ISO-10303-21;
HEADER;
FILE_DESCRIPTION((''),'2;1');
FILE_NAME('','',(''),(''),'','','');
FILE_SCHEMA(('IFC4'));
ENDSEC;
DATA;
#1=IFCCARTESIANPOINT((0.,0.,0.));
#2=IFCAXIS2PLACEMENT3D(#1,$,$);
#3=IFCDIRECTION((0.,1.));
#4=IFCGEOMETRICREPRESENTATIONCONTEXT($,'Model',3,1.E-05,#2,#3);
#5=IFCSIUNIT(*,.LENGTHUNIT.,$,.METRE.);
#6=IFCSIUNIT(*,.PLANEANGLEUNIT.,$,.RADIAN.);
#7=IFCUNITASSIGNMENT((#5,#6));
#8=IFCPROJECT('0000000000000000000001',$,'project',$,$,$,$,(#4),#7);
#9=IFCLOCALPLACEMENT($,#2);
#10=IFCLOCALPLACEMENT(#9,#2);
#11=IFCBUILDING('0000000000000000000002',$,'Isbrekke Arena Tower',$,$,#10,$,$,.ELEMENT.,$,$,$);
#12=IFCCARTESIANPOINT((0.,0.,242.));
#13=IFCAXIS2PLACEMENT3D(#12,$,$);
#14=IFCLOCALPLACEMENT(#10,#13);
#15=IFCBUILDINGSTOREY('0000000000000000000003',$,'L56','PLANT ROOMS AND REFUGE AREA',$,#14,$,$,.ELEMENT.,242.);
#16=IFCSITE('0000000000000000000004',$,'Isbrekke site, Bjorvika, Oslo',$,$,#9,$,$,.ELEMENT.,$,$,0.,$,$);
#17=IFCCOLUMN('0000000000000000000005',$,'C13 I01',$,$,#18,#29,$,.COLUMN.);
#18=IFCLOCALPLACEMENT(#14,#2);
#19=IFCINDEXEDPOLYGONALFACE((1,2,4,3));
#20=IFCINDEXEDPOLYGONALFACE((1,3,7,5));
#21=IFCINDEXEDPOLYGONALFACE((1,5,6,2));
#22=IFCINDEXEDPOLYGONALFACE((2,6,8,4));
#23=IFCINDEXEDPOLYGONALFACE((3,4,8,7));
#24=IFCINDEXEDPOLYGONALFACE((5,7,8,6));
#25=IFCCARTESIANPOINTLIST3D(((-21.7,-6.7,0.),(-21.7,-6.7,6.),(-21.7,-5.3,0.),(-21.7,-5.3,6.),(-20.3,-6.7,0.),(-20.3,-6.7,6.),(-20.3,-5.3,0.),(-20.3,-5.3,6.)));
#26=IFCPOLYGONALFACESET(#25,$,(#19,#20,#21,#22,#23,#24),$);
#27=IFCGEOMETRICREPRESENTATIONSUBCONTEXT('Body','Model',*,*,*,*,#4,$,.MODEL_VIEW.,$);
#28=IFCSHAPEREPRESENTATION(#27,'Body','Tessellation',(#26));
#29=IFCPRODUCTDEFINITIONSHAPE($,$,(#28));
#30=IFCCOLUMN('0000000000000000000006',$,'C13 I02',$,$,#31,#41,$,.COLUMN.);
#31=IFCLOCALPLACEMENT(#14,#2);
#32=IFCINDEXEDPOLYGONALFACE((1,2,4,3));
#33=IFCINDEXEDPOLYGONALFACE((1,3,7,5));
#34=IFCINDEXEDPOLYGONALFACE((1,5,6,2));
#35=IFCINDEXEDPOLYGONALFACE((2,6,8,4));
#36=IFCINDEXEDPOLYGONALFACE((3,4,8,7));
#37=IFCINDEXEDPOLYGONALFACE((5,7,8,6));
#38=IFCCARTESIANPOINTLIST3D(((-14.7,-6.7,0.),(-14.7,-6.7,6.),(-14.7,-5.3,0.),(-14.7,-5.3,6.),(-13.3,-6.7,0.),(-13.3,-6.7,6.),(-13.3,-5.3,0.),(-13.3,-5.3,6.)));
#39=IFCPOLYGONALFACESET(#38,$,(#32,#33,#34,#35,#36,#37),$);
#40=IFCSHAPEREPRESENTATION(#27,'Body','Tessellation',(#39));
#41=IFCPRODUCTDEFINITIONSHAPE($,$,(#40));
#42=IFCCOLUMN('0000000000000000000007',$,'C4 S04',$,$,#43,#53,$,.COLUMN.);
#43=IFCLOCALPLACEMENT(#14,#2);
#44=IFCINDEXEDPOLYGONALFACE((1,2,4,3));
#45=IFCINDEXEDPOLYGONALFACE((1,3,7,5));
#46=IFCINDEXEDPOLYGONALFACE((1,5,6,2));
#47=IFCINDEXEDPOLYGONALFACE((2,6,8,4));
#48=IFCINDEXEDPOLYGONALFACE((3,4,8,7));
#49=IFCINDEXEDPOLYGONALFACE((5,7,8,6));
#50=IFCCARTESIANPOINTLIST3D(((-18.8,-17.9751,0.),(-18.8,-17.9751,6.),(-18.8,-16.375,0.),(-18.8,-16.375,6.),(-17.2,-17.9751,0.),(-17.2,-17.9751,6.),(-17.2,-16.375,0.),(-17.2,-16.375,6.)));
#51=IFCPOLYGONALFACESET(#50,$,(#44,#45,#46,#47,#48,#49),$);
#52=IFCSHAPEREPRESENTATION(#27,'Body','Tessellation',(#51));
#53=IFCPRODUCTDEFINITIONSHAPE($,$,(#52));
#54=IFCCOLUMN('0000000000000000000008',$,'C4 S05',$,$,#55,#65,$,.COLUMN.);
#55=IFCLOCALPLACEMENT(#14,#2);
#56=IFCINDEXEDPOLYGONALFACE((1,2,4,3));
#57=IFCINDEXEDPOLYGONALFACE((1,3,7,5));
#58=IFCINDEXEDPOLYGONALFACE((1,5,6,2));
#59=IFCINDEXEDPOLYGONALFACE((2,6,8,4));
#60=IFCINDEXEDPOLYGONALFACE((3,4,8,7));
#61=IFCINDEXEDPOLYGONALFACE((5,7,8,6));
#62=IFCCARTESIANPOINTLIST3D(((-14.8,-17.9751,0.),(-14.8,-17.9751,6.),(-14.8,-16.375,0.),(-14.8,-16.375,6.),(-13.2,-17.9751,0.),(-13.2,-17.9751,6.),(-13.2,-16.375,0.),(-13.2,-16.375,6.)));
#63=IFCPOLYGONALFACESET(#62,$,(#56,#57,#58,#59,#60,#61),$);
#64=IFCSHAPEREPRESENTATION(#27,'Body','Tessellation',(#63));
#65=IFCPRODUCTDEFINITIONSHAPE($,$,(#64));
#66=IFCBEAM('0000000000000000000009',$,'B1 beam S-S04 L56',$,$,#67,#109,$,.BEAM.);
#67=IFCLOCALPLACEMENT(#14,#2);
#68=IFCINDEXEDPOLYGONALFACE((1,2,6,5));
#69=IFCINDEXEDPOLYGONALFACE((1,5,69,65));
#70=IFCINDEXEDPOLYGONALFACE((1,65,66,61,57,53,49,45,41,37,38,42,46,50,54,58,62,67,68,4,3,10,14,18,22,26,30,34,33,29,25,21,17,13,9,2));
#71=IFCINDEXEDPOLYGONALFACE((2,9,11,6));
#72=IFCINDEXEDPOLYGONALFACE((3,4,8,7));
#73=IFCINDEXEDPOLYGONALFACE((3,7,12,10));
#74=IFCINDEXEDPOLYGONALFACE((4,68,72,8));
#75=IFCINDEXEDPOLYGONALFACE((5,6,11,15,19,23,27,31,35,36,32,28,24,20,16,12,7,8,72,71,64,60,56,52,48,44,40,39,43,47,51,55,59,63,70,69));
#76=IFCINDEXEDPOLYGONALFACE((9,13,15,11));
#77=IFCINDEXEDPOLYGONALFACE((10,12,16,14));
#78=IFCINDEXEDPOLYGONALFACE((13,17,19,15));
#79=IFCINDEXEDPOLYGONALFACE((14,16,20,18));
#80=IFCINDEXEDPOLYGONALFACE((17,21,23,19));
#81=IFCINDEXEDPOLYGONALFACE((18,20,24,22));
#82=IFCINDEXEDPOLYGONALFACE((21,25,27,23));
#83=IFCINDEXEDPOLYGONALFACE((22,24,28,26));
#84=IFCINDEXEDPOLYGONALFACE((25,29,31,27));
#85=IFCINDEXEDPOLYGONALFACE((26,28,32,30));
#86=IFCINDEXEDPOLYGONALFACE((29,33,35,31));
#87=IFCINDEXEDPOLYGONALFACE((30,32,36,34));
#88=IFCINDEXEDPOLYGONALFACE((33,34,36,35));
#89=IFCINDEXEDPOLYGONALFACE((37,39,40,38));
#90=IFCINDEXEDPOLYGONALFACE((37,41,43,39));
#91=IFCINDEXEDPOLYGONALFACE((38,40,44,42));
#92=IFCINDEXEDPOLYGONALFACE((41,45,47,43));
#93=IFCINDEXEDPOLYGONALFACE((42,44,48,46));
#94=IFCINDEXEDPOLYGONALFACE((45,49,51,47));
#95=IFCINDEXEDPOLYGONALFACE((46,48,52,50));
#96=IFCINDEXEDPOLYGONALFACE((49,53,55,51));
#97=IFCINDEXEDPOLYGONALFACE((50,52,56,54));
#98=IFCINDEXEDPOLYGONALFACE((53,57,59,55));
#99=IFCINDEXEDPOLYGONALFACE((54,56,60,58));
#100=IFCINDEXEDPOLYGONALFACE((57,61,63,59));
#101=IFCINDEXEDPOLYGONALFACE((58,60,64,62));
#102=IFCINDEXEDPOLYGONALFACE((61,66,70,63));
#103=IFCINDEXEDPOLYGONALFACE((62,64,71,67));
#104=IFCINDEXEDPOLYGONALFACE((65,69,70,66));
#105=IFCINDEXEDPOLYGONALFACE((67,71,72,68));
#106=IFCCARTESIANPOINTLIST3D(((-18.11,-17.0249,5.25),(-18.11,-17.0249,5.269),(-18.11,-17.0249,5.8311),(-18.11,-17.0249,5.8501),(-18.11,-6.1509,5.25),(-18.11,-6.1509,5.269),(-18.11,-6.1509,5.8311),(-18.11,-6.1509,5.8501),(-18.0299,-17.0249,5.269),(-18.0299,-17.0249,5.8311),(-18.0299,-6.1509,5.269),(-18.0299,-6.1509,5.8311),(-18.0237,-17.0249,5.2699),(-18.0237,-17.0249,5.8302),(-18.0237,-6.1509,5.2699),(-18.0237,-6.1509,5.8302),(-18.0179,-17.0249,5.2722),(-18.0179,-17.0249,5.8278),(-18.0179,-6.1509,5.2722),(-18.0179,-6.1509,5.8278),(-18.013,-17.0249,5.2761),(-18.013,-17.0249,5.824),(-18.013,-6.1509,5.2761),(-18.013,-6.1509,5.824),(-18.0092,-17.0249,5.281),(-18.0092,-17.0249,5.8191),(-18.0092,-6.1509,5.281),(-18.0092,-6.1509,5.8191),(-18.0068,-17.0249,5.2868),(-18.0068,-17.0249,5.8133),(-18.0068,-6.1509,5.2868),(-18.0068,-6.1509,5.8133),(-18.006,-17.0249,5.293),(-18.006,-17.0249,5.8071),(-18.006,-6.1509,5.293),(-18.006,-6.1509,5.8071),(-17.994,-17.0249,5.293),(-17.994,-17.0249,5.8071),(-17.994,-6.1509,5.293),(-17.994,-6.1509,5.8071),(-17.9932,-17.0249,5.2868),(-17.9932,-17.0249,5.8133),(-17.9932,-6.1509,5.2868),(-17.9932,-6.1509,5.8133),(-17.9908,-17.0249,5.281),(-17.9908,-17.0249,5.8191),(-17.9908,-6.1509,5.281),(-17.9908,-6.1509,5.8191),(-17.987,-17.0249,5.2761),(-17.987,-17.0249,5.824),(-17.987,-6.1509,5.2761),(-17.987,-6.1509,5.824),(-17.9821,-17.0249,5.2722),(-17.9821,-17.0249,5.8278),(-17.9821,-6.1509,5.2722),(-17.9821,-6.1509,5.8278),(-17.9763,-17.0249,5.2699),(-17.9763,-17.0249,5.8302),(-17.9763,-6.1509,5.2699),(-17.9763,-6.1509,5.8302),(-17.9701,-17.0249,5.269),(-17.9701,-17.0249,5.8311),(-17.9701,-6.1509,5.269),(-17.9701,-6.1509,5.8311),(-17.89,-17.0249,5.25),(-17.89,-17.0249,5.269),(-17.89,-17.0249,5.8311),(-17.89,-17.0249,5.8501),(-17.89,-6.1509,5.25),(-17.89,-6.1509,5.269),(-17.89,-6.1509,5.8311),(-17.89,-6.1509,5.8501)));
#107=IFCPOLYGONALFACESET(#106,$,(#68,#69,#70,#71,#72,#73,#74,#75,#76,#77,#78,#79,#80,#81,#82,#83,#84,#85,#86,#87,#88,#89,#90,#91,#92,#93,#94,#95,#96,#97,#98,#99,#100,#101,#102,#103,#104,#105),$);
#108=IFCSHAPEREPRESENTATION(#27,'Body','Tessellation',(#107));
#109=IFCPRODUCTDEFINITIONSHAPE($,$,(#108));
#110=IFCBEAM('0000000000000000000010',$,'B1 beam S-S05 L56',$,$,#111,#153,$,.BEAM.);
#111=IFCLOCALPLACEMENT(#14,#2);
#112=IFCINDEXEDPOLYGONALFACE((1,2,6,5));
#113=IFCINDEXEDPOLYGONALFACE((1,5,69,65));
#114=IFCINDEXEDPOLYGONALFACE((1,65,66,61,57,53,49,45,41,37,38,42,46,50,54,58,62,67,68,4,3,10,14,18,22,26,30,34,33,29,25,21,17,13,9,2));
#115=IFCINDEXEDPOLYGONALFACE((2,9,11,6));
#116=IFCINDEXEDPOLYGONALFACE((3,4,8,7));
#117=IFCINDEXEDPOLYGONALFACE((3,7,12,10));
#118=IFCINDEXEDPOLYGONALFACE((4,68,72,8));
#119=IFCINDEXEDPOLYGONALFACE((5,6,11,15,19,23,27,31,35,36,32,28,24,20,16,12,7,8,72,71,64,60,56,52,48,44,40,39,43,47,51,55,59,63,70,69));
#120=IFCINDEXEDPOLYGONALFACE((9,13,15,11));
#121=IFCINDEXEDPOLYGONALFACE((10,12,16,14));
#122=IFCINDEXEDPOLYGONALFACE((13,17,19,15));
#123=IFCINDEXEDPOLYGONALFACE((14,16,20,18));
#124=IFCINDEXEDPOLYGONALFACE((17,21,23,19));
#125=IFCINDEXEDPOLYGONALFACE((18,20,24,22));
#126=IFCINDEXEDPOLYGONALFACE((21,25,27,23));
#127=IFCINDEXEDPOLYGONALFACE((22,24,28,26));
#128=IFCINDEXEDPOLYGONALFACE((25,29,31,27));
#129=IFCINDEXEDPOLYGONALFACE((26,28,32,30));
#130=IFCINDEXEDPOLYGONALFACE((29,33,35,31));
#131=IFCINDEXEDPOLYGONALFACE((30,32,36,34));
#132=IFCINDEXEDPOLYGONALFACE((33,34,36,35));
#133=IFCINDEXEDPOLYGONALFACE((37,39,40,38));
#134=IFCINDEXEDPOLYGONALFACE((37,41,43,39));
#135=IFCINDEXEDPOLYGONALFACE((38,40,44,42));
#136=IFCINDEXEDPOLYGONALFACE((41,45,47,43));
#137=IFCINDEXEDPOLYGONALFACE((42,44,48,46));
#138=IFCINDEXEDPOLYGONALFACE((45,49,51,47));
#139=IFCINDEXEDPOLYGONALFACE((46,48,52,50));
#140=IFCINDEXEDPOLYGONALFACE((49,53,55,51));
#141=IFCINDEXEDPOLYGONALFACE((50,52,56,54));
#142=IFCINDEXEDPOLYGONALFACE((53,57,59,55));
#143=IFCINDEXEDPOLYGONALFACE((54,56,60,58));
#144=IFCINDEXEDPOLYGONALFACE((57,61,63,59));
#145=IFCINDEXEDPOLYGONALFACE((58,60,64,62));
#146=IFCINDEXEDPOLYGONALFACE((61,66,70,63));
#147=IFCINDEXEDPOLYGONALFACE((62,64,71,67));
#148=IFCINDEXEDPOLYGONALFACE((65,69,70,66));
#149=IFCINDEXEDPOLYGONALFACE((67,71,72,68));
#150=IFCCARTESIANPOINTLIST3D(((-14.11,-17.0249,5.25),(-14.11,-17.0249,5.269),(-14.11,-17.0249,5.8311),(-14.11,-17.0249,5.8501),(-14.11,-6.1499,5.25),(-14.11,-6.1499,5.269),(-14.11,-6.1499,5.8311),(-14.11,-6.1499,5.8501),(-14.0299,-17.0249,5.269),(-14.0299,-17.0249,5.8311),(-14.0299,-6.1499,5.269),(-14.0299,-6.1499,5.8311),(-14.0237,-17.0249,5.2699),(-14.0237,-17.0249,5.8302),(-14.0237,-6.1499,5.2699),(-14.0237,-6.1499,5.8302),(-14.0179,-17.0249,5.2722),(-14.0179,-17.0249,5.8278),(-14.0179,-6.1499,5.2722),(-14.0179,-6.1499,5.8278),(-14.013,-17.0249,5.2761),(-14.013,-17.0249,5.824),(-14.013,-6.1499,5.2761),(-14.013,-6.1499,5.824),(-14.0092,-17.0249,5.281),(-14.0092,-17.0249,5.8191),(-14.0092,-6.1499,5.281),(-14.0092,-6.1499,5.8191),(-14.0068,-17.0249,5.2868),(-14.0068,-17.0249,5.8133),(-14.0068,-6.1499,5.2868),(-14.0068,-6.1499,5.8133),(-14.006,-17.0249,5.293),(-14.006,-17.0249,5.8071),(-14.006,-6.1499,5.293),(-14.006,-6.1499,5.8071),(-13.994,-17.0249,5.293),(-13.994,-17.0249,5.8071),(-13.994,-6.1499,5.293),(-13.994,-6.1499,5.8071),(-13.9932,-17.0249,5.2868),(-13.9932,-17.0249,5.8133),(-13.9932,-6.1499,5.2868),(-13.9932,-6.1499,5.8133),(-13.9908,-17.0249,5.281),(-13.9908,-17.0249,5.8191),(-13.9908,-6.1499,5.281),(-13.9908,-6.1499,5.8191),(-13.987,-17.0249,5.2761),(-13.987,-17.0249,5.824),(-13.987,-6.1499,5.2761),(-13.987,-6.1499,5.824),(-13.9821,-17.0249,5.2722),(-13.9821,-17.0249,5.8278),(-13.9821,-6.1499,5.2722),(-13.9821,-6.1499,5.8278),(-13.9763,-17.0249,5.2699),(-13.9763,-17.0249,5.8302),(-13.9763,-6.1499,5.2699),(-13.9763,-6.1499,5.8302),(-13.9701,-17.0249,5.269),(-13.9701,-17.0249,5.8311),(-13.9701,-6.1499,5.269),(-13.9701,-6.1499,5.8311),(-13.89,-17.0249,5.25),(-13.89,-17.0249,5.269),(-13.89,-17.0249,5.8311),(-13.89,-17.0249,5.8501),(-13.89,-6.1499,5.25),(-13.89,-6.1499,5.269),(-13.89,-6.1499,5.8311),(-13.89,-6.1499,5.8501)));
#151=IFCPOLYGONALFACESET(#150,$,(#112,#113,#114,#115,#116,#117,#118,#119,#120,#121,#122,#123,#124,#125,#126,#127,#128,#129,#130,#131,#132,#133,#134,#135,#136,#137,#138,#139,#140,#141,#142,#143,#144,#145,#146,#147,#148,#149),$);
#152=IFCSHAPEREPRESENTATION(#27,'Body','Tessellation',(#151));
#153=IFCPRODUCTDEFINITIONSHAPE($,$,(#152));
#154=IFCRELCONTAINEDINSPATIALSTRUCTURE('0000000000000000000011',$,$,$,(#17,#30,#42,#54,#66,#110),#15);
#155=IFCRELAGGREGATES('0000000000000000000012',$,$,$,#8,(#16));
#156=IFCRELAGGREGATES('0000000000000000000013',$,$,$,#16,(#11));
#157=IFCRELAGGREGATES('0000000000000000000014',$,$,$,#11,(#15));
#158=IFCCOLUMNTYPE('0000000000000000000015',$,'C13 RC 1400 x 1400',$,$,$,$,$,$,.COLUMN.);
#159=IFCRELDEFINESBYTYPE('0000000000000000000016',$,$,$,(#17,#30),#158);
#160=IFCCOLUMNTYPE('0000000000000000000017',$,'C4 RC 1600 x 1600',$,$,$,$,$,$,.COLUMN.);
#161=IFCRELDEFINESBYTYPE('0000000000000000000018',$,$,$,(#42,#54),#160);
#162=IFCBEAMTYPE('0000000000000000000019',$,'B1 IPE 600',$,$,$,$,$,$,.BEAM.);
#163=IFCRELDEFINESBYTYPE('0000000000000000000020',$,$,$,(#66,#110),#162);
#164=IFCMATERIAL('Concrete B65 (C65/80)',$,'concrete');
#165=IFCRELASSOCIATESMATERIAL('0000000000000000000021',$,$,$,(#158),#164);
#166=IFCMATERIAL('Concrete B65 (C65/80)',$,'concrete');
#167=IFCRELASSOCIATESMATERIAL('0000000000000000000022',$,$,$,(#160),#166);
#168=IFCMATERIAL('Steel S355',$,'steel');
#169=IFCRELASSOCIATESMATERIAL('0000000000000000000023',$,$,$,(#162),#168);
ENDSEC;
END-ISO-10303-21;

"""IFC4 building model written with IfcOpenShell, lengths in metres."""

from ifc_helpers import new_model, si_unit, direction, frame, origin, origin_2d, place, context, subcontext, project, spatial, rectangle, i_section, extrude, material, material_profile, profile_set, type_object, element, save


model = new_model("IFC4")

# Units and contexts
model_context = context("Model", 3, precision=1e-05, world=origin(), true_north=direction((0.0, 1.0)))
body_context = subcontext(model_context, "Body", "Model", "MODEL_VIEW")
ifc_project = project(units=[si_unit("LENGTHUNIT", "METRE"), si_unit("PLANEANGLEUNIT", "RADIAN")], contexts=[model_context])

# Site, building, storey
site_placement = place(None, origin())
site = spatial("IfcSite", under=ifc_project, at=site_placement, Name="Isbrekke site, Bjorvika, Oslo", CompositionType="ELEMENT", RefElevation=0.0)
building_placement = place(site_placement, origin())
building = spatial("IfcBuilding", under=site, at=building_placement, Name="Isbrekke Arena Tower", CompositionType="ELEMENT")
storey_placement = place(building_placement, frame((0.0, 0.0, 242.0)))
storey = spatial("IfcBuildingStorey", under=building, at=storey_placement, Name="L56", Description="PLANT ROOMS AND REFUGE AREA", CompositionType="ELEMENT", Elevation=242.0)

# Columns
ifc_material_1 = material(Name="Concrete B65 (C65/80)", Category="concrete")
ifc_material_profile_1 = material_profile(ifc_material_1, rectangle(XDim=1.3999, YDim=1.3999, at=origin_2d()), Name="RC 1400x1400")
ifc_profile_set_1 = profile_set([ifc_material_profile_1], Name="Concrete B65 (C65/80)")
column_type_1 = type_object("IfcColumnType", Name="C13 RC 1400 x 1400", PredefinedType="COLUMN", material=ifc_profile_set_1)
for number, where, z_axis, x_axis, name in (
    (1, (-21.0, -6.0, 0.0), (0.0, 0.0, 1.0), (1.0, 0.0, 0.0), "C13 I01"),
    (2, (-14.0, -6.0, 0.0), (0.0, 0.0, 1.0), (1.0, 0.0, 0.0), "C13 I02"),
):
    element("IfcColumn", number, at=place(storey_placement, frame(where, z_axis=z_axis, x_axis=x_axis)), inside=storey, type_object=column_type_1, Name=name, PredefinedType="COLUMN", context=body_context, shape_type="SweptSolid", body=[
        extrude(rectangle(XDim=1.3999, YDim=1.3999, at=origin_2d()), origin(), (0.0, 0.0, 1.0), 6.0),
    ])
ifc_material_2 = material(Name="Concrete B65 (C65/80)", Category="concrete")
ifc_material_profile_2 = material_profile(ifc_material_2, rectangle(XDim=1.6001, YDim=1.6001, at=origin_2d()), Name="RC 1600x1600")
ifc_profile_set_2 = profile_set([ifc_material_profile_2], Name="Concrete B65 (C65/80)")
column_type_2 = type_object("IfcColumnType", Name="C4 RC 1600 x 1600", PredefinedType="COLUMN", material=ifc_profile_set_2)
for number, where, z_axis, x_axis, name in (
    (3, (-18.0, -17.175, 0.0), (0.0, 0.0, 1.0), (1.0, 0.0, 0.0), "C4 S04"),
    (4, (-14.0, -17.175, 0.0), (0.0, 0.0, 1.0), (1.0, 0.0, 0.0), "C4 S05"),
):
    element("IfcColumn", number, at=place(storey_placement, frame(where, z_axis=z_axis, x_axis=x_axis)), inside=storey, type_object=column_type_2, Name=name, PredefinedType="COLUMN", context=body_context, shape_type="SweptSolid", body=[
        extrude(rectangle(XDim=1.6001, YDim=1.6001, at=origin_2d()), origin(), (0.0, 0.0, 1.0), 6.0),
    ])

# Beams
ifc_material_3 = material(Name="Steel S355", Category="steel")
ifc_material_profile_3 = material_profile(ifc_material_3, i_section(OverallWidth=0.22, OverallDepth=0.6001, WebThickness=0.012, FlangeThickness=0.019, FilletRadius=0.0239, at=origin_2d()), Name="IPE 600")
ifc_profile_set_3 = profile_set([ifc_material_profile_3], Name="Steel S355")
beam_type_1 = type_object("IfcBeamType", Name="B1 IPE 600", PredefinedType="BEAM", material=ifc_profile_set_3)
beam_1_placement = place(storey_placement, frame((-18.0, -17.0249, 5.55), z_axis=(0.0, 1.0, 0.0), x_axis=(-1.0, 0.0, 0.0)))
element("IfcBeam", 5, at=beam_1_placement, inside=storey, type_object=beam_type_1, Name="B1 beam S-S04 L56", PredefinedType="BEAM", context=body_context, shape_type="SweptSolid", body=[
    extrude(i_section(OverallWidth=0.22, OverallDepth=0.6001, WebThickness=0.012, FlangeThickness=0.019, FilletRadius=0.0239, at=origin_2d()), origin(), (0.0, 0.0, 1.0), 10.874),
])
beam_2_placement = place(storey_placement, frame((-14.0, -17.0249, 5.55), z_axis=(0.0, 1.0, 0.0), x_axis=(-1.0, 0.0, 0.0)))
element("IfcBeam", 6, at=beam_2_placement, inside=storey, type_object=beam_type_1, Name="B1 beam S-S05 L56", PredefinedType="BEAM", context=body_context, shape_type="SweptSolid", body=[
    extrude(i_section(OverallWidth=0.22, OverallDepth=0.6001, WebThickness=0.012, FlangeThickness=0.019, FilletRadius=0.0239, at=origin_2d()), origin(), (0.0, 0.0, 1.0), 10.875),
])

save(model, "model.ifc")
